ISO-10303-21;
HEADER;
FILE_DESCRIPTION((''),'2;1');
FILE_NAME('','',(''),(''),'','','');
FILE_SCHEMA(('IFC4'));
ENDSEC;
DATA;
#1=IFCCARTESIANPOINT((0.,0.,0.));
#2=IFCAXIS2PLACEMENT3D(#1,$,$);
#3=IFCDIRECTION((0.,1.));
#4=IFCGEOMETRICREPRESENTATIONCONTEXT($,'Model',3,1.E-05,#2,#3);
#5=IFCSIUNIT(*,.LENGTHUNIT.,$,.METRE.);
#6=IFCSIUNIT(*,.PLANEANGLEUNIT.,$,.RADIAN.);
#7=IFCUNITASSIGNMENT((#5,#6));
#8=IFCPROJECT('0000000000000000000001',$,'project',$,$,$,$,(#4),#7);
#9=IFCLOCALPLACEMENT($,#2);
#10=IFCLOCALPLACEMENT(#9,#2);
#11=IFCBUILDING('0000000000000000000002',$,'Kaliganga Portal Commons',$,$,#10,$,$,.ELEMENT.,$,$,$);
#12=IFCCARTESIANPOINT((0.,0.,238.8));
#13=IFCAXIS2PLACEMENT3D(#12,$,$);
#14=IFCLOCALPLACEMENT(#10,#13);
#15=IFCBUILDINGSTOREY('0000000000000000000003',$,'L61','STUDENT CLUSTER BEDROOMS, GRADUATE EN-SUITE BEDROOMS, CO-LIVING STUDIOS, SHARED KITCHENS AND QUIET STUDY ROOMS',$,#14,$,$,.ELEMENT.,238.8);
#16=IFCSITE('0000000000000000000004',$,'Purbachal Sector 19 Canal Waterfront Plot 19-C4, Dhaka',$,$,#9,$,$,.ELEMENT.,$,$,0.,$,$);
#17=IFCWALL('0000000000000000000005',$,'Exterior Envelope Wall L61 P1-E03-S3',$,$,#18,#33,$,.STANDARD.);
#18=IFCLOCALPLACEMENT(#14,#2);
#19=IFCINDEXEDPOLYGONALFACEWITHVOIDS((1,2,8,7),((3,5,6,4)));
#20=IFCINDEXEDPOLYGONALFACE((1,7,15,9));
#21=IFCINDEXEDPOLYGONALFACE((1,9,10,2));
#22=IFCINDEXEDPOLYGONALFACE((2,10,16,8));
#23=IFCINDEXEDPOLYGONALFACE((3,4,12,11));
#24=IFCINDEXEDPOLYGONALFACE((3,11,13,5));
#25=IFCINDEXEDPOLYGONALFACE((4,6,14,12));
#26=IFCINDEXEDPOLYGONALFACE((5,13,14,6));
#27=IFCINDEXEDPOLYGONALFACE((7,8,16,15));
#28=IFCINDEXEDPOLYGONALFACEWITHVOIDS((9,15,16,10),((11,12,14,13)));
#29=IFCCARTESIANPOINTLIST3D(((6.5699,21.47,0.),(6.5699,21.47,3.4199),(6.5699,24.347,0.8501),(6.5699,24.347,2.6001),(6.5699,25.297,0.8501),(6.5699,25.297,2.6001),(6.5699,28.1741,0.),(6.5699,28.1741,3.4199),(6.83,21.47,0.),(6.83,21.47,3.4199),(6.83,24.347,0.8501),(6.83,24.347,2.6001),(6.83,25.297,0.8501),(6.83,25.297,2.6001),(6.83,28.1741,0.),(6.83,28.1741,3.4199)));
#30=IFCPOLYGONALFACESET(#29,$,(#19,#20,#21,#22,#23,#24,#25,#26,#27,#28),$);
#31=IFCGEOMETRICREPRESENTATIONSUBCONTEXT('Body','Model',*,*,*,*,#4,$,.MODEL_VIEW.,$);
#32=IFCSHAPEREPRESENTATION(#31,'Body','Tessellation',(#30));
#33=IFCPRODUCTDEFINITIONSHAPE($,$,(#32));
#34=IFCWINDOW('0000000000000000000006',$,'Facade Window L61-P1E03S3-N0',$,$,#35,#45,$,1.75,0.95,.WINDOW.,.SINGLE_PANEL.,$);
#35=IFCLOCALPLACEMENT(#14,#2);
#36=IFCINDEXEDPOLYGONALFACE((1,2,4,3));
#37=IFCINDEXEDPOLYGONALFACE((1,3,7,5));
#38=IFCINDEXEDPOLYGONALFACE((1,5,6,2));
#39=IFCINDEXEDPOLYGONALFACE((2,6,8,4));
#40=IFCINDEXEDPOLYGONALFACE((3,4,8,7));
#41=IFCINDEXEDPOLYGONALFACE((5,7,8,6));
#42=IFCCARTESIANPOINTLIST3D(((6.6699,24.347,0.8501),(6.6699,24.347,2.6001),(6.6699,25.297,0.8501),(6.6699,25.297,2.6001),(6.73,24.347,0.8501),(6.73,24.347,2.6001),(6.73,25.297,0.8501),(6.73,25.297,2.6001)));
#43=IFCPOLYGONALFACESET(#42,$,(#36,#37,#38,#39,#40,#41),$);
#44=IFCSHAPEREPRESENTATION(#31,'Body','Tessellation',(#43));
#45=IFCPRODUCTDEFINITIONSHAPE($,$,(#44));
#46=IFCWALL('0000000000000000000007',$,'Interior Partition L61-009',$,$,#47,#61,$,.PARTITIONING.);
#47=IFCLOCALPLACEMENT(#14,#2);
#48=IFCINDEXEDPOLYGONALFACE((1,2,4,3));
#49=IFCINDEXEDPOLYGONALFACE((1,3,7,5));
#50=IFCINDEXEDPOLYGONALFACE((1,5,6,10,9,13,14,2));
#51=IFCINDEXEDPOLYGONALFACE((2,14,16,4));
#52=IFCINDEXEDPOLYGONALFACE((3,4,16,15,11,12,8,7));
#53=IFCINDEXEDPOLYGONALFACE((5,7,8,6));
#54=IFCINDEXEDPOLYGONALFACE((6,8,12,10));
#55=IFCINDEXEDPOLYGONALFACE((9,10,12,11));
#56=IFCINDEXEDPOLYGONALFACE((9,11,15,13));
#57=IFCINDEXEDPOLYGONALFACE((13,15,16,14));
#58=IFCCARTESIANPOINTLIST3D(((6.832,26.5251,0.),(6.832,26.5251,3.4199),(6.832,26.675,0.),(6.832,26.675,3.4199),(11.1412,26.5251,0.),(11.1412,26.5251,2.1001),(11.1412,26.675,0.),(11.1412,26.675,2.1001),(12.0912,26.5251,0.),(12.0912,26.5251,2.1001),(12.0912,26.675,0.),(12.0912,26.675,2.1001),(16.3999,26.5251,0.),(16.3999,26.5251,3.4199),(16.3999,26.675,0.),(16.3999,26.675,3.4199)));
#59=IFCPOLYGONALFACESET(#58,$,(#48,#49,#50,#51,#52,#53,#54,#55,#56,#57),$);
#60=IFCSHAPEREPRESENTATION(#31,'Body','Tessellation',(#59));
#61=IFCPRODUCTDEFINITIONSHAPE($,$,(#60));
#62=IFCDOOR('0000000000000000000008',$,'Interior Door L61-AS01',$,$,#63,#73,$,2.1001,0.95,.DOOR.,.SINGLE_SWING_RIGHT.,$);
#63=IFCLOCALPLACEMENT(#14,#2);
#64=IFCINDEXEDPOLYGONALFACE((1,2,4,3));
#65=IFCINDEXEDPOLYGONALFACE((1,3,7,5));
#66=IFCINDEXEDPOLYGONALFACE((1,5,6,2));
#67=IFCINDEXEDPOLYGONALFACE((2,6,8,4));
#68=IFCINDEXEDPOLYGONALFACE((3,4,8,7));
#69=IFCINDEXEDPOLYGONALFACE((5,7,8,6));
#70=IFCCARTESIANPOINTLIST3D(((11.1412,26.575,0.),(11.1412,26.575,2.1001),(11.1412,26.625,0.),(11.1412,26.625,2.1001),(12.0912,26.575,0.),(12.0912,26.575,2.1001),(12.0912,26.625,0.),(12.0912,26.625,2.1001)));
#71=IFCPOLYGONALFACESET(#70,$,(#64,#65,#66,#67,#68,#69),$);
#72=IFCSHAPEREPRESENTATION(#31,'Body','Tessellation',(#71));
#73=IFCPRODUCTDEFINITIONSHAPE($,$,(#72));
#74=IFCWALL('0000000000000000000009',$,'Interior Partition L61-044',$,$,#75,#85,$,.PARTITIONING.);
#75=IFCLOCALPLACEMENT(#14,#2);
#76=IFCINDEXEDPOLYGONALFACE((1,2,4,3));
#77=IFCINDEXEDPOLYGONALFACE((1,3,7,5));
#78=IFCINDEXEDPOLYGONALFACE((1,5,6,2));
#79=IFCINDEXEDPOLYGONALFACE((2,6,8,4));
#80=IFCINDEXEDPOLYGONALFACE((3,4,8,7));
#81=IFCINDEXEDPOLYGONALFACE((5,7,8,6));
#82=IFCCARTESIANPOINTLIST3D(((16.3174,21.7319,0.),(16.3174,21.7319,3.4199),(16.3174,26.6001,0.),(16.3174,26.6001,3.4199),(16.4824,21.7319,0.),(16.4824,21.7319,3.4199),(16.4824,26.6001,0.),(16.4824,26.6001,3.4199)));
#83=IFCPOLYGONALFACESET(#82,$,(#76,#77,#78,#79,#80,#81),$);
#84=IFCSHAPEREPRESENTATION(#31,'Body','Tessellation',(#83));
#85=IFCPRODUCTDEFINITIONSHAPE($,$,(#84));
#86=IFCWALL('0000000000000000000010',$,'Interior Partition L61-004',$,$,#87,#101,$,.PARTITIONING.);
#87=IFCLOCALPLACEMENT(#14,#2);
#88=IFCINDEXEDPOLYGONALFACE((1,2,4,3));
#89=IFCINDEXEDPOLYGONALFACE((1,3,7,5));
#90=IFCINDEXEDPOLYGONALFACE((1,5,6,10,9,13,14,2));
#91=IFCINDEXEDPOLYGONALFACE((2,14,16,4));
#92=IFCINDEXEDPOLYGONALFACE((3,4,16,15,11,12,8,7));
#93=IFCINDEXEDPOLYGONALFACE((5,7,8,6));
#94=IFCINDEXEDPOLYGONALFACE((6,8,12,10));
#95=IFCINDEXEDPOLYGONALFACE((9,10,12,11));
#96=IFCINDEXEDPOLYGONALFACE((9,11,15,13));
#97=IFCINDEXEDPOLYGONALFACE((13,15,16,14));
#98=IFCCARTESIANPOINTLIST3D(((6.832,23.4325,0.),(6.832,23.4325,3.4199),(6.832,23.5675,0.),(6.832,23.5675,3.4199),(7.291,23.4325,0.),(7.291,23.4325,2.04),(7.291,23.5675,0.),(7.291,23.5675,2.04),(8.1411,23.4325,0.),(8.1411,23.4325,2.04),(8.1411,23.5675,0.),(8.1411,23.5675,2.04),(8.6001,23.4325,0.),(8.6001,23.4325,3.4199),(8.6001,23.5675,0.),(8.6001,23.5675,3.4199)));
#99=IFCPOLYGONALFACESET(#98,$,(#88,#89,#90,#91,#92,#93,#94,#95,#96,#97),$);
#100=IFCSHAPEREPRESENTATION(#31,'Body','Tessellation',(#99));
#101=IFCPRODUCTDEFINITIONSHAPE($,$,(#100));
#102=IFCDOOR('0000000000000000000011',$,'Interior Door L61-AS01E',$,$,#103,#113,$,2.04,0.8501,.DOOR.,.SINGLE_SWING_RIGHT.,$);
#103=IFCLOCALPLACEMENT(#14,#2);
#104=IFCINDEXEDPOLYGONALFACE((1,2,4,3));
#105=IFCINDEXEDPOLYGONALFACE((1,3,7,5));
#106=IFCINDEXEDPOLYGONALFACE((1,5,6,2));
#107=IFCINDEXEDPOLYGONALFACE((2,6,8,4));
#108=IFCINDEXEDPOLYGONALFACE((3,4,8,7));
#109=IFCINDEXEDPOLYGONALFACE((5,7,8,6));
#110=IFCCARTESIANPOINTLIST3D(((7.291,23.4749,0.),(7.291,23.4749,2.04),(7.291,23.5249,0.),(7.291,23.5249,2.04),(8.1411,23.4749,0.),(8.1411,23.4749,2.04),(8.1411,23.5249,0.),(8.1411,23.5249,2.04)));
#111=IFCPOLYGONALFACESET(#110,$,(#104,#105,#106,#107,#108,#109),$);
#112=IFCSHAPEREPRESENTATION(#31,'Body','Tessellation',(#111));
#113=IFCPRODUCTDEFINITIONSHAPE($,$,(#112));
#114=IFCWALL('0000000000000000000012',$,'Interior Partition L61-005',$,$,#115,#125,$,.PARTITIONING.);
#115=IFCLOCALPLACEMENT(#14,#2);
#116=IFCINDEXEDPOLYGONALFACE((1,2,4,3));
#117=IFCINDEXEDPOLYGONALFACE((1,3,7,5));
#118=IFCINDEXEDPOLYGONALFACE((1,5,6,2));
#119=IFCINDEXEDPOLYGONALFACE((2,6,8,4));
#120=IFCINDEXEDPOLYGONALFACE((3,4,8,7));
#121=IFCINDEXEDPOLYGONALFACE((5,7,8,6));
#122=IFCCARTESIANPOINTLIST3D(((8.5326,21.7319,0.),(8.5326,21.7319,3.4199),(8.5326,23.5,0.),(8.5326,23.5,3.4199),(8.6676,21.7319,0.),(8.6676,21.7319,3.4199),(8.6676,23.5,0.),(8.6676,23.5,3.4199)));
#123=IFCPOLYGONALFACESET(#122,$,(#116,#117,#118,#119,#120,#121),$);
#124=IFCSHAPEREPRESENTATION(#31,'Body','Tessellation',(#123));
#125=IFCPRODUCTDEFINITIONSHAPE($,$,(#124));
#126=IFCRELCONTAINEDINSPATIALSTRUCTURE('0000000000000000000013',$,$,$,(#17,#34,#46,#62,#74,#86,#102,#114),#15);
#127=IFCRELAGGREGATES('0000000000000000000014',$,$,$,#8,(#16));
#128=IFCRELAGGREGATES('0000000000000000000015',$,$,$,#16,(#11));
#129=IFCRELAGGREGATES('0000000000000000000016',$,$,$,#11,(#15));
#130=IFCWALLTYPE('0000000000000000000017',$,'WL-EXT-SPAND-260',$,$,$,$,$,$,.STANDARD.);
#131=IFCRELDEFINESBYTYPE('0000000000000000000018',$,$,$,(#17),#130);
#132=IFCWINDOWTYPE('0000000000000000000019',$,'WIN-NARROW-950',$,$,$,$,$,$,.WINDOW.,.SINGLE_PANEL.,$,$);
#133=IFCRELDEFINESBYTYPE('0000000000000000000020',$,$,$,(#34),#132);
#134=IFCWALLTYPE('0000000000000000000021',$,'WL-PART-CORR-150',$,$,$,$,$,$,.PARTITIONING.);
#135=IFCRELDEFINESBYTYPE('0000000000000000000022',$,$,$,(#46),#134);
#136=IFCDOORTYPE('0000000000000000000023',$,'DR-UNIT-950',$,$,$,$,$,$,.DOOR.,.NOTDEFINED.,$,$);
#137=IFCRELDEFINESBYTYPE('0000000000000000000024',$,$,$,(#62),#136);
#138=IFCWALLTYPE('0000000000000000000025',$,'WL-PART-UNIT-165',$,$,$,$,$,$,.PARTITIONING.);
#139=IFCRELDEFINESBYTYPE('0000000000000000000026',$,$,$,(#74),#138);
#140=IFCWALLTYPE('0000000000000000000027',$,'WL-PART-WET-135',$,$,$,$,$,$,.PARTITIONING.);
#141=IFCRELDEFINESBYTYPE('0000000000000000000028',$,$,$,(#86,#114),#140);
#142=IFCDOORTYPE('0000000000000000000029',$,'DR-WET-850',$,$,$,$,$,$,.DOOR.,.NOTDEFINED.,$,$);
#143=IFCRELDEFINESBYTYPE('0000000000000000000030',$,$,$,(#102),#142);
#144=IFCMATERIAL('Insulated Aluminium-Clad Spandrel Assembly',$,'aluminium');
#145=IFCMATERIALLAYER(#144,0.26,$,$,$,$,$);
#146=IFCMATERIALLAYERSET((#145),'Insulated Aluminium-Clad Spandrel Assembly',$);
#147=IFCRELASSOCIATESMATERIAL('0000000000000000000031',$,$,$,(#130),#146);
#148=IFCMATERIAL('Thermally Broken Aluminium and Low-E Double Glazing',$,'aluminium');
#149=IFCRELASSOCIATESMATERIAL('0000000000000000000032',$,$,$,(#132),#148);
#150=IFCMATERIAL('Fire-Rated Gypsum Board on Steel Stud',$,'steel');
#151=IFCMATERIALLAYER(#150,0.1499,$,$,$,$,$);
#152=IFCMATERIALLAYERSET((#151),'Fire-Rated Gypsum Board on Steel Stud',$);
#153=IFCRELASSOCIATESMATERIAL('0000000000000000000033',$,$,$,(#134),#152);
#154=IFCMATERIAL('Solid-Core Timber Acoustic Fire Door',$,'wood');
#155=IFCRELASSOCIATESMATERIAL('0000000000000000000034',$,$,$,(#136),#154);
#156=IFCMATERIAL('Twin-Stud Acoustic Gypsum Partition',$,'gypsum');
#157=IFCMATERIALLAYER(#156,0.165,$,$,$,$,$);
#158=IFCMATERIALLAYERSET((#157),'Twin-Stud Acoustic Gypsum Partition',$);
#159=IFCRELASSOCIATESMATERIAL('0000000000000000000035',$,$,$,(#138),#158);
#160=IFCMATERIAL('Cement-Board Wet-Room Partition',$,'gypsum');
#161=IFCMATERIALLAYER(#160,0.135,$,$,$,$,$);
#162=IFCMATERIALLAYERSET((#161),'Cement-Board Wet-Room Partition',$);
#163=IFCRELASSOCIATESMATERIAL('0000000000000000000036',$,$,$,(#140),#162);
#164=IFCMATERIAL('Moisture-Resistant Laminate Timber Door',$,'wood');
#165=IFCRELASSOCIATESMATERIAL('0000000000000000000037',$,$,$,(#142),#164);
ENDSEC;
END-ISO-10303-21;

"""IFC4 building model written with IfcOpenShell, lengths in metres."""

from ifc_helpers import new_model, si_unit, direction, frame, frame_2d, origin, place, context, subcontext, project, spatial, rectangle, extrude, material, layer, layer_set, type_object, element, fill, save


model = new_model("IFC4")

# Units and contexts
model_context = context("Model", 3, precision=1e-05, world=origin(), true_north=direction((0.0, 1.0)))
body_context = subcontext(model_context, "Body", "Model", "MODEL_VIEW")
ifc_project = project(units=[si_unit("LENGTHUNIT", "METRE"), si_unit("PLANEANGLEUNIT", "RADIAN")], contexts=[model_context])

# Site, building, storey
site_placement = place(None, origin())
site = spatial("IfcSite", under=ifc_project, at=site_placement, Name="Purbachal Sector 19 Canal Waterfront Plot 19-C4, Dhaka", CompositionType="ELEMENT", RefElevation=0.0)
building_placement = place(site_placement, origin())
building = spatial("IfcBuilding", under=site, at=building_placement, Name="Kaliganga Portal Commons", CompositionType="ELEMENT")
storey_placement = place(building_placement, frame((0.0, 0.0, 238.8)))
storey = spatial("IfcBuildingStorey", under=building, at=storey_placement, Name="L61", Description="STUDENT CLUSTER BEDROOMS, GRADUATE EN-SUITE BEDROOMS, CO-LIVING STUDIOS, SHARED KITCHENS AND QUIET STUDY ROOMS", CompositionType="ELEMENT", Elevation=238.8)

# Shared definitions
ifc_material_1 = material(Name="Insulated Aluminium-Clad Spandrel Assembly", Category="aluminium")
ifc_layer_1 = layer(ifc_material_1, 0.26)
ifc_layer_set_1 = layer_set([ifc_layer_1], Name="Insulated Aluminium-Clad Spandrel Assembly")
wall_type_1 = type_object("IfcWallType", Name="WL-EXT-SPAND-260", PredefinedType="STANDARD", material=ifc_layer_set_1)
ifc_material_2 = material(Name="Thermally Broken Aluminium and Low-E Double Glazing", Category="aluminium")
window_type_1 = type_object("IfcWindowType", Name="WIN-NARROW-950", PartitioningType="SINGLE_PANEL", PredefinedType="WINDOW", material=ifc_material_2)

# Wall, opening, window
wall_1_placement = place(storey_placement, frame((6.7, 21.47, 0.0), z_axis=(0.0, 0.0, 1.0), x_axis=(0.0, 1.0, 0.0)))
wall_1 = element("IfcWall", 1, at=wall_1_placement, inside=storey, type_object=wall_type_1, Name="Exterior Envelope Wall L61 P1-E03-S3", PredefinedType="STANDARD", context=body_context, shape_type="SweptSolid", body=[
    extrude(rectangle(XDim=6.7041, YDim=0.26, at=frame_2d((3.3521, 0.0))), origin(), (0.0, 0.0, 1.0), 3.4199),
])
opening_1_placement = place(wall_1_placement, frame((2.877, 0.0, 0.8501)))
opening_1 = element("IfcOpeningElement", 2, at=opening_1_placement, cuts=wall_1, PredefinedType="OPENING", context=body_context, shape_type="SweptSolid", body=[
    extrude(rectangle(XDim=0.95, YDim=1.75, at=frame_2d((0.4751, 0.875))), frame((0.0, 0.1401, 0.0), z_axis=(0.0, -1.0, 0.0), x_axis=(1.0, 0.0, 0.0)), (0.0, 0.0, 1.0), 0.28),
])
window_1_placement = place(opening_1_placement, origin())
window_1 = element("IfcWindow", 3, at=window_1_placement, inside=storey, type_object=window_type_1, Name="Facade Window L61-P1E03S3-N0", OverallHeight=1.75, OverallWidth=0.95, PartitioningType="SINGLE_PANEL", PredefinedType="WINDOW", context=body_context, shape_type="SweptSolid", body=[
    extrude(rectangle(XDim=0.95, YDim=1.75, at=frame_2d((0.4751, 0.875))), frame((0.0, 0.03, 0.0), z_axis=(0.0, -1.0, 0.0), x_axis=(1.0, 0.0, 0.0)), (0.0, 0.0, 1.0), 0.0601),
])
fill(opening_1, window_1)

# Wall, opening, door
ifc_material_3 = material(Name="Fire-Rated Gypsum Board on Steel Stud", Category="steel")
ifc_layer_2 = layer(ifc_material_3, 0.1499)
ifc_layer_set_2 = layer_set([ifc_layer_2], Name="Fire-Rated Gypsum Board on Steel Stud")
wall_type_2 = type_object("IfcWallType", Name="WL-PART-CORR-150", PredefinedType="PARTITIONING", material=ifc_layer_set_2)
wall_2_placement = place(storey_placement, frame((6.832, 26.6001, 0.0), z_axis=(0.0, 0.0, 1.0), x_axis=(1.0, 0.0, 0.0)))
wall_2 = element("IfcWall", 4, at=wall_2_placement, inside=storey, type_object=wall_type_2, Name="Interior Partition L61-009", PredefinedType="PARTITIONING", context=body_context, shape_type="SweptSolid", body=[
    extrude(rectangle(XDim=9.5679, YDim=0.1499, at=frame_2d((4.7839, 0.0))), origin(), (0.0, 0.0, 1.0), 3.4199),
])
opening_2_placement = place(wall_2_placement, frame((4.3091, 0.0, 0.0)))
opening_2 = element("IfcOpeningElement", 5, at=opening_2_placement, cuts=wall_2, PredefinedType="OPENING", context=body_context, shape_type="SweptSolid", body=[
    extrude(rectangle(XDim=0.95, YDim=2.1001, at=frame_2d((0.4751, 1.05))), frame((0.0, 0.085, 0.0), z_axis=(0.0, -1.0, 0.0), x_axis=(1.0, 0.0, 0.0)), (0.0, 0.0, 1.0), 0.1699),
])
ifc_material_4 = material(Name="Solid-Core Timber Acoustic Fire Door", Category="wood")
door_type_1 = type_object("IfcDoorType", Name="DR-UNIT-950", OperationType="NOTDEFINED", PredefinedType="DOOR", material=ifc_material_4)
door_1_placement = place(opening_2_placement, origin())
door_1 = element("IfcDoor", 6, at=door_1_placement, inside=storey, type_object=door_type_1, Name="Interior Door L61-AS01", OperationType="SINGLE_SWING_RIGHT", OverallHeight=2.1001, OverallWidth=0.95, PredefinedType="DOOR", context=body_context, shape_type="SweptSolid", body=[
    extrude(rectangle(XDim=0.95, YDim=2.1001, at=frame_2d((0.4751, 1.05))), frame((0.0, 0.0249, 0.0), z_axis=(0.0, -1.0, 0.0), x_axis=(1.0, 0.0, 0.0)), (0.0, 0.0, 1.0), 0.05),
])
fill(opening_2, door_1)

# Wall
ifc_material_5 = material(Name="Twin-Stud Acoustic Gypsum Partition", Category="gypsum")
ifc_layer_3 = layer(ifc_material_5, 0.165)
ifc_layer_set_3 = layer_set([ifc_layer_3], Name="Twin-Stud Acoustic Gypsum Partition")
wall_type_3 = type_object("IfcWallType", Name="WL-PART-UNIT-165", PredefinedType="PARTITIONING", material=ifc_layer_set_3)
wall_3_placement = place(storey_placement, frame((16.3999, 21.7319, 0.0), z_axis=(0.0, 0.0, 1.0), x_axis=(0.0, 1.0, 0.0)))
element("IfcWall", 7, at=wall_3_placement, inside=storey, type_object=wall_type_3, Name="Interior Partition L61-044", PredefinedType="PARTITIONING", context=body_context, shape_type="SweptSolid", body=[
    extrude(rectangle(XDim=4.8682, YDim=0.165, at=frame_2d((2.4341, 0.0))), origin(), (0.0, 0.0, 1.0), 3.4199),
])

# Wall, opening, door
ifc_material_6 = material(Name="Cement-Board Wet-Room Partition", Category="gypsum")
ifc_layer_4 = layer(ifc_material_6, 0.135)
ifc_layer_set_4 = layer_set([ifc_layer_4], Name="Cement-Board Wet-Room Partition")
wall_type_4 = type_object("IfcWallType", Name="WL-PART-WET-135", PredefinedType="PARTITIONING", material=ifc_layer_set_4)
wall_4_placement = place(storey_placement, frame((6.832, 23.5, 0.0), z_axis=(0.0, 0.0, 1.0), x_axis=(1.0, 0.0, 0.0)))
wall_4 = element("IfcWall", 8, at=wall_4_placement, inside=storey, type_object=wall_type_4, Name="Interior Partition L61-004", PredefinedType="PARTITIONING", context=body_context, shape_type="SweptSolid", body=[
    extrude(rectangle(XDim=1.7681, YDim=0.135, at=frame_2d((0.884, 0.0))), origin(), (0.0, 0.0, 1.0), 3.4199),
])
opening_3_placement = place(wall_4_placement, frame((0.459, 0.0, 0.0)))
opening_3 = element("IfcOpeningElement", 9, at=opening_3_placement, cuts=wall_4, PredefinedType="OPENING", context=body_context, shape_type="SweptSolid", body=[
    extrude(rectangle(XDim=0.8501, YDim=2.04, at=frame_2d((0.425, 1.02))), frame((0.0, 0.0776, 0.0), z_axis=(0.0, -1.0, 0.0), x_axis=(1.0, 0.0, 0.0)), (0.0, 0.0, 1.0), 0.155),
])
ifc_material_7 = material(Name="Moisture-Resistant Laminate Timber Door", Category="wood")
door_type_2 = type_object("IfcDoorType", Name="DR-WET-850", OperationType="NOTDEFINED", PredefinedType="DOOR", material=ifc_material_7)
door_2_placement = place(opening_3_placement, origin())
door_2 = element("IfcDoor", 10, at=door_2_placement, inside=storey, type_object=door_type_2, Name="Interior Door L61-AS01E", OperationType="SINGLE_SWING_RIGHT", OverallHeight=2.04, OverallWidth=0.8501, PredefinedType="DOOR", context=body_context, shape_type="SweptSolid", body=[
    extrude(rectangle(XDim=0.8501, YDim=2.04, at=frame_2d((0.425, 1.02))), frame((0.0, 0.0249, 0.0), z_axis=(0.0, -1.0, 0.0), x_axis=(1.0, 0.0, 0.0)), (0.0, 0.0, 1.0), 0.05),
])
fill(opening_3, door_2)

# Wall
wall_5_placement = place(storey_placement, frame((8.6001, 21.7319, 0.0), z_axis=(0.0, 0.0, 1.0), x_axis=(0.0, 1.0, 0.0)))
element("IfcWall", 11, at=wall_5_placement, inside=storey, type_object=wall_type_4, Name="Interior Partition L61-005", PredefinedType="PARTITIONING", context=body_context, shape_type="SweptSolid", body=[
    extrude(rectangle(XDim=1.7681, YDim=0.135, at=frame_2d((0.884, 0.0))), origin(), (0.0, 0.0, 1.0), 3.4199),
])

save(model, "model.ifc")
